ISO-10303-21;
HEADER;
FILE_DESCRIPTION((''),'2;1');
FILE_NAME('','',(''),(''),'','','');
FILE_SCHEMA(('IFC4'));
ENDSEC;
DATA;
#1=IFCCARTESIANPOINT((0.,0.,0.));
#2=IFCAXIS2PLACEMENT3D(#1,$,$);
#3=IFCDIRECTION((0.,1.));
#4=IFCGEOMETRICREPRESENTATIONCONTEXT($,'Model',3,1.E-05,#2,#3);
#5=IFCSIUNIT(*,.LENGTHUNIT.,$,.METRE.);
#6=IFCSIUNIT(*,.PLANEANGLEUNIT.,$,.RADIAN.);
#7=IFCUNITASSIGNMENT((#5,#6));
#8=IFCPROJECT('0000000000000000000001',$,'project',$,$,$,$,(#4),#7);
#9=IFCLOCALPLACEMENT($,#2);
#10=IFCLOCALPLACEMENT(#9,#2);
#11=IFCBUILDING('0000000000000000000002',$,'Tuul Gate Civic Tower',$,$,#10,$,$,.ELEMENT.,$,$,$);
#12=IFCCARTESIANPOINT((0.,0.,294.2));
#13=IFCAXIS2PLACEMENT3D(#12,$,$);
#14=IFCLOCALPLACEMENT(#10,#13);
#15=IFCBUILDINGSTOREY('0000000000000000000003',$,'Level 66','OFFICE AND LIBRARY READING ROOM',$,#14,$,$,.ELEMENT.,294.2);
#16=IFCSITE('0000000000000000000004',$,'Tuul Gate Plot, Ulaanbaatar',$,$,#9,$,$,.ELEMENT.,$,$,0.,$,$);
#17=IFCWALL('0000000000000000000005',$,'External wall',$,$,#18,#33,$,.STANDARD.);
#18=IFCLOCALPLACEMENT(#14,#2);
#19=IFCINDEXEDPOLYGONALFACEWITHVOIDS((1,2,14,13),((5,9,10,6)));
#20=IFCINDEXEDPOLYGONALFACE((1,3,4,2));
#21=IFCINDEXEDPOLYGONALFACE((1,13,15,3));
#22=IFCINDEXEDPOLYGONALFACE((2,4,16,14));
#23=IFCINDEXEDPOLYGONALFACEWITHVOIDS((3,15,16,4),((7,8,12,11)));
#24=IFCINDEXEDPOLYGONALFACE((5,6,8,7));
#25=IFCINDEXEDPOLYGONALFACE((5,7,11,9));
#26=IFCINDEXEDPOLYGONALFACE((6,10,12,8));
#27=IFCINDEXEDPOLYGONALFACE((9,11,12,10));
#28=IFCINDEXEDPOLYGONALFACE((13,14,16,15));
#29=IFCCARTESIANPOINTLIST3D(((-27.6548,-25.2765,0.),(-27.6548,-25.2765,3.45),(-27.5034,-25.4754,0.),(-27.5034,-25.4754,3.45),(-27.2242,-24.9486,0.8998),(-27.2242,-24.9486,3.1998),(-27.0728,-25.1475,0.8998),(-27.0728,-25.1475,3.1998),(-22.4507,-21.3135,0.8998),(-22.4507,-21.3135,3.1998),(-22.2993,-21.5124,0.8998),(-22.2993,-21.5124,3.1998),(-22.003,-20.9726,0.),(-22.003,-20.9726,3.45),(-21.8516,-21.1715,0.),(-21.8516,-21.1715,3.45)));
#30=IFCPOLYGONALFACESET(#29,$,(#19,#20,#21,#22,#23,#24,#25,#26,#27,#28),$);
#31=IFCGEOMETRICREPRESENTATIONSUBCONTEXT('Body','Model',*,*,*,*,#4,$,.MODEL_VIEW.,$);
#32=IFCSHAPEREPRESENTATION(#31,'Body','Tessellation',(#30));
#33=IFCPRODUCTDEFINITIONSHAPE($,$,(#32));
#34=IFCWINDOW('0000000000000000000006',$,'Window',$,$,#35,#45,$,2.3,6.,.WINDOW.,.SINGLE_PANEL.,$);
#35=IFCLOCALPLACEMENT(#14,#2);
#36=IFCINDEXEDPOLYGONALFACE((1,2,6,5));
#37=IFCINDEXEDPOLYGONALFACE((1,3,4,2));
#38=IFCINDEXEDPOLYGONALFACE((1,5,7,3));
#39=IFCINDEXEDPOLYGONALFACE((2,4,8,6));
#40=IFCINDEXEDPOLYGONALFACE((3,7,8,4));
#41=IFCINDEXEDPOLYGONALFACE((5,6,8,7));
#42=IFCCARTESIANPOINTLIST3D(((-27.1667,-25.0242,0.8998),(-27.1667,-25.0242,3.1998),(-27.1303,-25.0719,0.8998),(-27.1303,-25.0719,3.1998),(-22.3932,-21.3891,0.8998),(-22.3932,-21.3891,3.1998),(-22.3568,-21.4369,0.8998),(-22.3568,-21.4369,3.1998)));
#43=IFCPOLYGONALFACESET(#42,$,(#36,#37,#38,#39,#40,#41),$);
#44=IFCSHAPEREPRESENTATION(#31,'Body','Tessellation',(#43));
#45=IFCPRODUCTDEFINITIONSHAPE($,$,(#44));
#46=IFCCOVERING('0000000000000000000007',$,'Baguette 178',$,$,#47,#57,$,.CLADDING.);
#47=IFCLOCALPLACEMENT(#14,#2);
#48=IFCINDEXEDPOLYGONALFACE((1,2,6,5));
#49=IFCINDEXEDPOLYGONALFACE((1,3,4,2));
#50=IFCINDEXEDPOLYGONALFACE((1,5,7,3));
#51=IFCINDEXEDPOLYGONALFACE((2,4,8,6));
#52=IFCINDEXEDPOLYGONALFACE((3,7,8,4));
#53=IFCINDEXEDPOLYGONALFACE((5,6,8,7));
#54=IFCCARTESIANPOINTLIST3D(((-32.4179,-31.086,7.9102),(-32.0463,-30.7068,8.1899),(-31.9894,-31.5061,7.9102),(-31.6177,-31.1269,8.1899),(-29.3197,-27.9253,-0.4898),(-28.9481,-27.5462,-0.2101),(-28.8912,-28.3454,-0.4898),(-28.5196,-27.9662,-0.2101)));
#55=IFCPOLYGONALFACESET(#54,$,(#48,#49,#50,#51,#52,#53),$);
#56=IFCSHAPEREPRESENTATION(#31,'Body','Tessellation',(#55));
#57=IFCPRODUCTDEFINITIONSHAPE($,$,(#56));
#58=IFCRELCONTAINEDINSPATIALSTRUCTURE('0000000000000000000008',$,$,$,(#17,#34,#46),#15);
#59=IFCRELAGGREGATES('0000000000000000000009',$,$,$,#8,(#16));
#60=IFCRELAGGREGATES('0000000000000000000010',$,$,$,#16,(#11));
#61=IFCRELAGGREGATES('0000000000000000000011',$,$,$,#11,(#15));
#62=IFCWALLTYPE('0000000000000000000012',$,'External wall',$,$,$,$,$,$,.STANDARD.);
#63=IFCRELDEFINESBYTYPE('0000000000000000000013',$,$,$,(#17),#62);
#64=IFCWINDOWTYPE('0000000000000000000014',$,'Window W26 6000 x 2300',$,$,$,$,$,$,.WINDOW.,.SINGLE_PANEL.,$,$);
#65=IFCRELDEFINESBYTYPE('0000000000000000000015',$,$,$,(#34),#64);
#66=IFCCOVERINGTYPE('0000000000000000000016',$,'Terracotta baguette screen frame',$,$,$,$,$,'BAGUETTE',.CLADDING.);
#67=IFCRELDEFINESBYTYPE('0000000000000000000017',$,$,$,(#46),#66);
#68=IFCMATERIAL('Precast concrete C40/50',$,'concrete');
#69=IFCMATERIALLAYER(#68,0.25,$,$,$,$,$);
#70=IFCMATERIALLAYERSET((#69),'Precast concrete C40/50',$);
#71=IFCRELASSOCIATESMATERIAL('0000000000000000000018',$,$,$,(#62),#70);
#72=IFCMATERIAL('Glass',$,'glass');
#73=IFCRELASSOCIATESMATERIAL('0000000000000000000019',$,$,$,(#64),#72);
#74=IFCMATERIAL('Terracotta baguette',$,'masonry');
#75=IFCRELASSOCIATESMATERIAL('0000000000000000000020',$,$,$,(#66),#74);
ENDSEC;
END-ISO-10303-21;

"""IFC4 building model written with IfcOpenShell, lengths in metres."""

from ifc_helpers import new_model, si_unit, direction, frame, frame_2d, origin, origin_2d, place, context, subcontext, project, spatial, rectangle, extrude, material, layer, layer_set, material_profile, profile_set, type_object, element, fill, save


model = new_model("IFC4")

# Units and contexts
model_context = context("Model", 3, precision=1e-05, world=origin(), true_north=direction((0.0, 1.0)))
body_context = subcontext(model_context, "Body", "Model", "MODEL_VIEW")
ifc_project = project(units=[si_unit("LENGTHUNIT", "METRE"), si_unit("PLANEANGLEUNIT", "RADIAN")], contexts=[model_context])

# Site, building, storey
site_placement = place(None, origin())
site = spatial("IfcSite", under=ifc_project, at=site_placement, Name="Tuul Gate Plot, Ulaanbaatar", CompositionType="ELEMENT", RefElevation=0.0)
building_placement = place(site_placement, origin())
building = spatial("IfcBuilding", under=site, at=building_placement, Name="Tuul Gate Civic Tower", CompositionType="ELEMENT")
storey_placement = place(building_placement, frame((0.0, 0.0, 294.2)))
storey = spatial("IfcBuildingStorey", under=building, at=storey_placement, Name="Level 66", Description="OFFICE AND LIBRARY READING ROOM", CompositionType="ELEMENT", Elevation=294.2)

# Wall, opening, window
ifc_material_1 = material(Name="Precast concrete C40/50", Category="concrete")
ifc_layer_1 = layer(ifc_material_1, 0.25)
ifc_layer_set_1 = layer_set([ifc_layer_1], Name="Precast concrete C40/50")
wall_type_1 = type_object("IfcWallType", Name="External wall", PredefinedType="STANDARD", material=ifc_layer_set_1)
ifc_material_2 = material(Name="Glass", Category="glass")
window_type_1 = type_object("IfcWindowType", Name="Window W26 6000 x 2300", PartitioningType="SINGLE_PANEL", PredefinedType="WINDOW", material=ifc_material_2)
wall_1_placement = place(storey_placement, frame((-27.5791, -25.376, 0.0), z_axis=(0.0, 0.0, 1.0), x_axis=(0.795582, 0.605845, 0.0)))
wall_1 = element("IfcWall", 1, at=wall_1_placement, inside=storey, type_object=wall_type_1, Name="External wall", PredefinedType="STANDARD", context=body_context, shape_type="SweptSolid", body=[
    extrude(rectangle(XDim=7.104, YDim=0.25, at=frame_2d((3.552, 0.0))), origin(), (0.0, 0.0, 1.0), 3.45),
])
opening_1_placement = place(wall_1_placement, frame((0.5413, 0.0, 0.8999)))
opening_1 = element("IfcOpeningElement", 2, at=opening_1_placement, cuts=wall_1, PredefinedType="OPENING", context=body_context, shape_type="SweptSolid", body=[
    extrude(rectangle(XDim=6.0, YDim=2.3, at=frame_2d((3.0, 1.1499))), frame((0.0, 0.135, 0.0), z_axis=(0.0, -1.0, 0.0), x_axis=(1.0, 0.0, 0.0)), (0.0, 0.0, 1.0), 0.27),
])
window_1_placement = place(opening_1_placement, origin())
window_1 = element("IfcWindow", 3, at=window_1_placement, inside=storey, type_object=window_type_1, Name="Window", OverallHeight=2.3, OverallWidth=6.0, PartitioningType="SINGLE_PANEL", PredefinedType="WINDOW", context=body_context, shape_type="SweptSolid", body=[
    extrude(rectangle(XDim=6.0, YDim=2.3, at=frame_2d((3.0, 1.1499))), frame((0.0, 0.03, 0.0), z_axis=(0.0, -1.0, 0.0), x_axis=(1.0, 0.0, 0.0)), (0.0, 0.0, 1.0), 0.0601),
])
fill(opening_1, window_1)

# Covering
ifc_material_3 = material(Name="Terracotta baguette", Category="masonry")
ifc_material_profile_1 = material_profile(ifc_material_3, rectangle(XDim=0.6001, YDim=0.6001, at=origin_2d()), Name="Terracotta baguette screen frame")
ifc_profile_set_1 = profile_set([ifc_material_profile_1], Name="Terracotta baguette")
covering_type = type_object("IfcCoveringType", Name="Terracotta baguette screen frame", ElementType="BAGUETTE", PredefinedType="CLADDING", material=ifc_profile_set_1)
covering_placement = place(storey_placement, frame((-32.0178, -31.1064, 8.05), z_axis=(0.326308, 0.33289, -0.884708), x_axis=(-0.714132, 0.700011, 0.0)))
element("IfcCovering", 4, at=covering_placement, inside=storey, type_object=covering_type, Name="Baguette 178", PredefinedType="CLADDING", context=body_context, shape_type="SweptSolid", body=[
    extrude(rectangle(XDim=0.6001, YDim=0.6001, at=origin_2d()), origin(), (0.0, 0.0, 1.0), 9.4946),
])

save(model, "model.ifc")
